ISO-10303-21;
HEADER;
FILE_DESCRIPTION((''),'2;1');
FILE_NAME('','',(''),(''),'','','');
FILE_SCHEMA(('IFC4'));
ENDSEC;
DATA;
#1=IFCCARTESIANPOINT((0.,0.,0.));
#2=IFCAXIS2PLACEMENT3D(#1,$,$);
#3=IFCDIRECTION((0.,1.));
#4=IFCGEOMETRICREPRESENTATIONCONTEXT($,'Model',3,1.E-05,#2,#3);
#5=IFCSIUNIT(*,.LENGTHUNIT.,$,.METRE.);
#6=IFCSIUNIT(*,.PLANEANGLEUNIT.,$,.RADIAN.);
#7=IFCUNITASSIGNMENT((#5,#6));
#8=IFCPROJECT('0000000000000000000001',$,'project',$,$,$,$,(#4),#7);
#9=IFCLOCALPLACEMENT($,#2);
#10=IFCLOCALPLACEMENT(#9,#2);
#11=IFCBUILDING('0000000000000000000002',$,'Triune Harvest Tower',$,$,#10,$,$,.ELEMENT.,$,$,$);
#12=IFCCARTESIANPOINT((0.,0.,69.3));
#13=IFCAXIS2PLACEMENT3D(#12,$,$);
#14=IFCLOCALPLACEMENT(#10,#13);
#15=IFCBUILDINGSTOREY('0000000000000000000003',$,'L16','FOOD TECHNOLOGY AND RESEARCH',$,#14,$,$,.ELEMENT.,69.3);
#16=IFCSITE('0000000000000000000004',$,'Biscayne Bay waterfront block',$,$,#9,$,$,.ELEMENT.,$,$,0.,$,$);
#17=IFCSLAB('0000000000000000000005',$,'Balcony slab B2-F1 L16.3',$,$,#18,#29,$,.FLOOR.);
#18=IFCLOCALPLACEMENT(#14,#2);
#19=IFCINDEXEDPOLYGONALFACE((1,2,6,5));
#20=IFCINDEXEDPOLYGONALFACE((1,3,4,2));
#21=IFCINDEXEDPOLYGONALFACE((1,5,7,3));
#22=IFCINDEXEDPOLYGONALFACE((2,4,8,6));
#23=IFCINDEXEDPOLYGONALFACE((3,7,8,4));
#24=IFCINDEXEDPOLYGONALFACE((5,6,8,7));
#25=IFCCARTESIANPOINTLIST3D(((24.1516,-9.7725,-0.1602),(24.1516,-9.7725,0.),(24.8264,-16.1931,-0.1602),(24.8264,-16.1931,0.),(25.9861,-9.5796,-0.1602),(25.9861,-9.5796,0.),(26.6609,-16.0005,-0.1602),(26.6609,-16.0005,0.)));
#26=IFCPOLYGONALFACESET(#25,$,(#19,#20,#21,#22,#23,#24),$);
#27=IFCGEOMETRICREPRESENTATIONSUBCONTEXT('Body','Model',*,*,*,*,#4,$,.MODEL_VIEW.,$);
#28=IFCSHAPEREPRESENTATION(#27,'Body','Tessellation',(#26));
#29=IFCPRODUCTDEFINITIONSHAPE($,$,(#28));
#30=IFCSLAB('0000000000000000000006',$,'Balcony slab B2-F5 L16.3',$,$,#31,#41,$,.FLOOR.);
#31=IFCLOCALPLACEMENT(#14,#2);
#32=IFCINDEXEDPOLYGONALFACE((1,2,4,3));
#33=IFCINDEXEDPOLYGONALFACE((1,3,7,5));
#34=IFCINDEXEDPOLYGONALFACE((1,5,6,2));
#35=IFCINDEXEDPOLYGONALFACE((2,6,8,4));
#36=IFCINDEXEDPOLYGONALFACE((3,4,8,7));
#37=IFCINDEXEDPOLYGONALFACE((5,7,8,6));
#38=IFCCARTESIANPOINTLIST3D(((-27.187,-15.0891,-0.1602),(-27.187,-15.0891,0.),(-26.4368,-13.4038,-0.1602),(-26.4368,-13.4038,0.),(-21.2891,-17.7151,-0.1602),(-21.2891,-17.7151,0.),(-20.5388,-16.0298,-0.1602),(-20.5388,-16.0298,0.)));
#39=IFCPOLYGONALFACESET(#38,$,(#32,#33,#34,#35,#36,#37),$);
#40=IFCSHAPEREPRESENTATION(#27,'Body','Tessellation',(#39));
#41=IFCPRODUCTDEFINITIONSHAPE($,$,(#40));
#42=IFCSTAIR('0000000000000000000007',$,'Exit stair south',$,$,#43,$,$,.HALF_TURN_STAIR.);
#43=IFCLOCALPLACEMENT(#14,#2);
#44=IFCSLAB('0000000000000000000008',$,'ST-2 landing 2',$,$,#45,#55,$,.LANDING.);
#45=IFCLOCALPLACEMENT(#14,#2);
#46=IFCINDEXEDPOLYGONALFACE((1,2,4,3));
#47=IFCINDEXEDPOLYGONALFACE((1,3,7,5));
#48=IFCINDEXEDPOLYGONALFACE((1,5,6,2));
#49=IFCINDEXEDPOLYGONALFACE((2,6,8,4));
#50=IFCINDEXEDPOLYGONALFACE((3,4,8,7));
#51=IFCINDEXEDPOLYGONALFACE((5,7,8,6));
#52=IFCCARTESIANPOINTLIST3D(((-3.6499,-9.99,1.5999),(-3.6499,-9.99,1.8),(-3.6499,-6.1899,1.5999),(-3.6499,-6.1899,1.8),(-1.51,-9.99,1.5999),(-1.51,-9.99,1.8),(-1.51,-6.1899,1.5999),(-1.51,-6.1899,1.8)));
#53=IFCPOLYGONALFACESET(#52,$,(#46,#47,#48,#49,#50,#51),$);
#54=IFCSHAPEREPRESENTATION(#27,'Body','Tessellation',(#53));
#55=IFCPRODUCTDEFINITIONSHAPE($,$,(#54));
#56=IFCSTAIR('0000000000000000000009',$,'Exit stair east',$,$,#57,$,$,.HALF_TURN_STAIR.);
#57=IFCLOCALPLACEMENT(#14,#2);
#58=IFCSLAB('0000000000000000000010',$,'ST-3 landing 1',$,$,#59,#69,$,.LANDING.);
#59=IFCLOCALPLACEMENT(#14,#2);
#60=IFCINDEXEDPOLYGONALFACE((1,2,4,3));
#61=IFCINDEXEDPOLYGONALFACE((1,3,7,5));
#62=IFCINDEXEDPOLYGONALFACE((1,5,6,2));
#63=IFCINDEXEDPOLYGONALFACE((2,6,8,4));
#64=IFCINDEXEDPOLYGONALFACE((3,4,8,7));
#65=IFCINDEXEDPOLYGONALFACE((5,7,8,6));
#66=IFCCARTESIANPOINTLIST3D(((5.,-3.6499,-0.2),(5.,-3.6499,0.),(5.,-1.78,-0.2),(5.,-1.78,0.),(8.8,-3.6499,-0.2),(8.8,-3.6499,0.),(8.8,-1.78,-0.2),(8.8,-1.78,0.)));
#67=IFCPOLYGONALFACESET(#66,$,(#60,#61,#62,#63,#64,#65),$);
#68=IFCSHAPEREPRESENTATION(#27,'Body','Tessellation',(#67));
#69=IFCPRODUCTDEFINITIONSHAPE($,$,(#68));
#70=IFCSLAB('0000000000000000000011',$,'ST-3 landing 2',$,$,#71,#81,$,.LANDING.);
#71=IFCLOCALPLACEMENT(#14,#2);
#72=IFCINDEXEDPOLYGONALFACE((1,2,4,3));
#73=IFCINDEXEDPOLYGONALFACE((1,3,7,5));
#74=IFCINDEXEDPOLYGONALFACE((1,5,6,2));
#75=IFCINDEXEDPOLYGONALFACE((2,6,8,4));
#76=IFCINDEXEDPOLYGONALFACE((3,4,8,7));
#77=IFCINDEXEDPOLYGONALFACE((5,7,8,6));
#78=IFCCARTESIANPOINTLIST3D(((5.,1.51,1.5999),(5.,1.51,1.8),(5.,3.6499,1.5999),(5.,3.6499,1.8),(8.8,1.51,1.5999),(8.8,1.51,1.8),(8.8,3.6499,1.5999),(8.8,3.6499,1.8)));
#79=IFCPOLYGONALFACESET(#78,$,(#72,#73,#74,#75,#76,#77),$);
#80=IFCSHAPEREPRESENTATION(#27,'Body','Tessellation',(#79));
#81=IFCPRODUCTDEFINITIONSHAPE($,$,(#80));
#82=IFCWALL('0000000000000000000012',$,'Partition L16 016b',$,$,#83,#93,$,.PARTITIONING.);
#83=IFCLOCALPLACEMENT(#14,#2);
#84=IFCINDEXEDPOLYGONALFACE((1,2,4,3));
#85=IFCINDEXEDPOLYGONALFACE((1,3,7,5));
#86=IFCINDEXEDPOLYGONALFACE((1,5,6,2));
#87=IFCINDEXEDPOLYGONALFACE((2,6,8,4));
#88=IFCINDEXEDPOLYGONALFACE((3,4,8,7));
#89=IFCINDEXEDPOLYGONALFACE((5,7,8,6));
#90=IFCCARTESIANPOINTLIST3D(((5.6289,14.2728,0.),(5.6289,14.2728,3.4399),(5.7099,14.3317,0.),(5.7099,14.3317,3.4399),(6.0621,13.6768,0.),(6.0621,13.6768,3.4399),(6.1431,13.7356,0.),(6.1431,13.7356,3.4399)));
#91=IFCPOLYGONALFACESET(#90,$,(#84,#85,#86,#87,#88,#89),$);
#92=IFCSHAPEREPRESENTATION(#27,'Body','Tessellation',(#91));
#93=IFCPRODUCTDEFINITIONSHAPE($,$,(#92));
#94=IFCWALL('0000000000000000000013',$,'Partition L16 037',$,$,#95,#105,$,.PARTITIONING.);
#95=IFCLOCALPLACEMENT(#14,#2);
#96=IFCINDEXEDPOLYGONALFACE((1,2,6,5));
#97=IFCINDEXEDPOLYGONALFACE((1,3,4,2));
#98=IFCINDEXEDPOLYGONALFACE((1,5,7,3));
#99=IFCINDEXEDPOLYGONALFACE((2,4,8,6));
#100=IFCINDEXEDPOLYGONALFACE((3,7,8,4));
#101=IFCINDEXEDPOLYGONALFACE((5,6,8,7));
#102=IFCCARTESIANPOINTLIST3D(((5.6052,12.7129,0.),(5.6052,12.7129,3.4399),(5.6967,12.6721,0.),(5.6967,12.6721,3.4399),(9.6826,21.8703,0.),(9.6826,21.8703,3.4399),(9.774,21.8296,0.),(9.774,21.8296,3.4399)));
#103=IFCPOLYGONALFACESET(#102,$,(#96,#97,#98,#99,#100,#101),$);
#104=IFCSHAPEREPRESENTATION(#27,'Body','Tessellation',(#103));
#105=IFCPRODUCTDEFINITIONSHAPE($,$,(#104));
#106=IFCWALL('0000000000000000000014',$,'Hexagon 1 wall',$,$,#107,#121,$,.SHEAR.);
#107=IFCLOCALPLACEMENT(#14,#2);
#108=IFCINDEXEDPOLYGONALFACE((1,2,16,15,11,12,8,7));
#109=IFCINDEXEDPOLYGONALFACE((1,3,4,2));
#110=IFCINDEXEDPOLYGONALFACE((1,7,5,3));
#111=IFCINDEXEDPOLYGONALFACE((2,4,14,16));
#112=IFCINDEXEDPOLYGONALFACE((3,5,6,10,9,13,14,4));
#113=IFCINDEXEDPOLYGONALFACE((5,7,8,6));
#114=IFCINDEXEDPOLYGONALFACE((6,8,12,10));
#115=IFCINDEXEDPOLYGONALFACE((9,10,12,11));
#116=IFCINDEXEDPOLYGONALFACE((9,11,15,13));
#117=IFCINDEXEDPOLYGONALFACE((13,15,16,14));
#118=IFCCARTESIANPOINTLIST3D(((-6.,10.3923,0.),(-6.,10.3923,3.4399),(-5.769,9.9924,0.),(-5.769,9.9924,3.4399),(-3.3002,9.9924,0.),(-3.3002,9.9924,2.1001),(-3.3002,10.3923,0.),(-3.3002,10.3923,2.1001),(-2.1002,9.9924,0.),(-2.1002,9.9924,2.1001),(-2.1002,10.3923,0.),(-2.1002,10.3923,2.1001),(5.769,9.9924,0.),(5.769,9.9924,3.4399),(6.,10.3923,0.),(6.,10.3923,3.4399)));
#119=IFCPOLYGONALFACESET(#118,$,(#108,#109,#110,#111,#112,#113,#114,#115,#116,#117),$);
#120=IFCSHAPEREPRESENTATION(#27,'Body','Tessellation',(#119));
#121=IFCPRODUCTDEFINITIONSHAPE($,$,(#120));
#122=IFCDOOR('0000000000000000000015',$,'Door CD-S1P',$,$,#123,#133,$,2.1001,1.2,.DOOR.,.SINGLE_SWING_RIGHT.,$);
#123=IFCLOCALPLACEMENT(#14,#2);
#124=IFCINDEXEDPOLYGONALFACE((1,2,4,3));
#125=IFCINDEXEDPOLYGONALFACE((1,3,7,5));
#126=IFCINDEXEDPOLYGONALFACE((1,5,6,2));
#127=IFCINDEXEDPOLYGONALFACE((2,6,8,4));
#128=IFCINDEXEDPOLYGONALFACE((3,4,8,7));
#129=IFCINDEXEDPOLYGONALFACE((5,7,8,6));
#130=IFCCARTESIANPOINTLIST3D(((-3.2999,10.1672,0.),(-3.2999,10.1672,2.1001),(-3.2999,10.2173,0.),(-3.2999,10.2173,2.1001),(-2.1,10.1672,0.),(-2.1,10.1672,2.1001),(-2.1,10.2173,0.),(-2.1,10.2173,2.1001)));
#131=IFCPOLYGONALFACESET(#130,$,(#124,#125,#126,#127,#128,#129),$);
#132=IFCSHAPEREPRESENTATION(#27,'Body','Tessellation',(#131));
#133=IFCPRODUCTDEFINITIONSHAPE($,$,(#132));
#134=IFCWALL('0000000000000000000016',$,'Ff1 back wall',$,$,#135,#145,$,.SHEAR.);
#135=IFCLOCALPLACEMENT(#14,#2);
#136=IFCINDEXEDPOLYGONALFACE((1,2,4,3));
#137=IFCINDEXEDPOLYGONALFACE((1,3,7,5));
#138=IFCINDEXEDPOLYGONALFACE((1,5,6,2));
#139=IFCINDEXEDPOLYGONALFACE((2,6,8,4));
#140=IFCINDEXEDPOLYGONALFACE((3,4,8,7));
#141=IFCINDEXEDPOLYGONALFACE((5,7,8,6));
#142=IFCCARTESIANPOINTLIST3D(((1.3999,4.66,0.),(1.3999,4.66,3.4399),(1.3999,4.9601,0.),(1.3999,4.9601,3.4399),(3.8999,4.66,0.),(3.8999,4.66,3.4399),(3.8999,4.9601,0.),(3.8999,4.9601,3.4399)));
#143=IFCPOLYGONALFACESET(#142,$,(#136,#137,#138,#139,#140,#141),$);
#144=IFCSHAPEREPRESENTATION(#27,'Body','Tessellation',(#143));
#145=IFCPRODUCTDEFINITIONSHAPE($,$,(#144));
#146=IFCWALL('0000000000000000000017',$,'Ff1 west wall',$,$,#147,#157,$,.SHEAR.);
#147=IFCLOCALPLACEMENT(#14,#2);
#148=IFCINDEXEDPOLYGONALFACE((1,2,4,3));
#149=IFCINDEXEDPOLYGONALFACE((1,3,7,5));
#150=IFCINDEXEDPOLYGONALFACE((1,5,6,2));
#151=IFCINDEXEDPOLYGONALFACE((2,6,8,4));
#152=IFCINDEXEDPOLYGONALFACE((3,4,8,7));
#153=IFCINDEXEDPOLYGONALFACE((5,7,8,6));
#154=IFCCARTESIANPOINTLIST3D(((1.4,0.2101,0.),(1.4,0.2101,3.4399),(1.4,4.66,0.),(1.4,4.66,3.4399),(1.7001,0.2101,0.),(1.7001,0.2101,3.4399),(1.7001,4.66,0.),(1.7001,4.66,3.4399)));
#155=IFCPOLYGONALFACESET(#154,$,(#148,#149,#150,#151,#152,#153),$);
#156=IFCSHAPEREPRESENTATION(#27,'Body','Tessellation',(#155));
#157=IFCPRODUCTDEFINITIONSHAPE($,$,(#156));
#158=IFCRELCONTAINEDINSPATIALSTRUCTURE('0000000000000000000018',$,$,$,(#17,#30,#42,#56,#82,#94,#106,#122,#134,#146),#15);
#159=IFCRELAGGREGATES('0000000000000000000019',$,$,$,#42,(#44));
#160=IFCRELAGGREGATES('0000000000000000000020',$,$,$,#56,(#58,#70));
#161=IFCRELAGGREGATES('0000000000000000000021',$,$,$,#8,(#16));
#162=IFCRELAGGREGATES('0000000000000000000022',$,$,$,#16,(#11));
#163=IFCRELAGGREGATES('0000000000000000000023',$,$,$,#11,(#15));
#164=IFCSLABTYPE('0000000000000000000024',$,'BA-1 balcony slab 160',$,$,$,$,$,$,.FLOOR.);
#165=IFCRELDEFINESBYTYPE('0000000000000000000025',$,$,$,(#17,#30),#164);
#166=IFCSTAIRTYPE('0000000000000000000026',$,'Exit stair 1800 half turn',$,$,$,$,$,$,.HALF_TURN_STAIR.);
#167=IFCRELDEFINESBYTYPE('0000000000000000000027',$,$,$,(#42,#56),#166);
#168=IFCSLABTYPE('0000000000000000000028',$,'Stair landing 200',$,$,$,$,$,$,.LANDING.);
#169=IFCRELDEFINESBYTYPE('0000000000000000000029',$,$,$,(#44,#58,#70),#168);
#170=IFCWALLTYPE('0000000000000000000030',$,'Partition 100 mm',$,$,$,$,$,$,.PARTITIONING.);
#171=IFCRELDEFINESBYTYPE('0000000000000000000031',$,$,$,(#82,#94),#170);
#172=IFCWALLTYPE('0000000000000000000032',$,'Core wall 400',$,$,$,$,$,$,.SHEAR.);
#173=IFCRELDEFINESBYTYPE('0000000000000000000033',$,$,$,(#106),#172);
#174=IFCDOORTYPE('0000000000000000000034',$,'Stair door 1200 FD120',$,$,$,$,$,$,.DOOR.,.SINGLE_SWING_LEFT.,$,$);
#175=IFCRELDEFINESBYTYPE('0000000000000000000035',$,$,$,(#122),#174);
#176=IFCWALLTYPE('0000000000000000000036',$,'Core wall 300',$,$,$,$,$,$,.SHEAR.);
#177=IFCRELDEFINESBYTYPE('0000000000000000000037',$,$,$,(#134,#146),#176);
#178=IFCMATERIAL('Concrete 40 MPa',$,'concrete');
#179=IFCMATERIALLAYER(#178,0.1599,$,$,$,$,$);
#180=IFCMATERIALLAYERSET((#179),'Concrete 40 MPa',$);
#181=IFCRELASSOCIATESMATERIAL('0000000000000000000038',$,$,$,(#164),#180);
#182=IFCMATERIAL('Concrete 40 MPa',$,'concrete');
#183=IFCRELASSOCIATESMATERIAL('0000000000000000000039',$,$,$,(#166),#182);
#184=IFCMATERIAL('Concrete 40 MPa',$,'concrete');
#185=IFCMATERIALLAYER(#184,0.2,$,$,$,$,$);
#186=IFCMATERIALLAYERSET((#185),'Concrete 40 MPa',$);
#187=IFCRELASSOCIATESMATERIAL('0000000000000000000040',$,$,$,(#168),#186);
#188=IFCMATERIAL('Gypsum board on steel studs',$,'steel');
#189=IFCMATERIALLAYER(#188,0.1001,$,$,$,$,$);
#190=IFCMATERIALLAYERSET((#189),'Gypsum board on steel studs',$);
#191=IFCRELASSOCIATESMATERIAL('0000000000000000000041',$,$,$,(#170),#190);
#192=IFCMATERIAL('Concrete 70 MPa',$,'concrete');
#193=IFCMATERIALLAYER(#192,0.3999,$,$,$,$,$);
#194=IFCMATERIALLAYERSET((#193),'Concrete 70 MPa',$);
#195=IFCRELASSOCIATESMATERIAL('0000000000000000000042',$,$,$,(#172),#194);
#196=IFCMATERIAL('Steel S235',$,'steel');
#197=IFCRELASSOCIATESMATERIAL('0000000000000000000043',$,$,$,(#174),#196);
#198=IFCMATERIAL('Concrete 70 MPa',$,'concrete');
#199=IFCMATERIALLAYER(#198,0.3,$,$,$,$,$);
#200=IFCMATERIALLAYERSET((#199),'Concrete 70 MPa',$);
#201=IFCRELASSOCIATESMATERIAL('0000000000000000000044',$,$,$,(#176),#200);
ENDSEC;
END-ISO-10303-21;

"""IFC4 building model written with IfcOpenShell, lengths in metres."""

from ifc_helpers import new_model, si_unit, direction, frame, frame_2d, origin, place, context, subcontext, project, spatial, polyline, rectangle, outline, extrude, source, transform, mapped, material, layer, layer_set, type_object, element, fill, aggregate, save


model = new_model("IFC4")

# Units and contexts
model_context = context("Model", 3, precision=1e-05, world=origin(), true_north=direction((0.0, 1.0)))
body_context = subcontext(model_context, "Body", "Model", "MODEL_VIEW")
ifc_project = project(units=[si_unit("LENGTHUNIT", "METRE"), si_unit("PLANEANGLEUNIT", "RADIAN")], contexts=[model_context])

# Site, building, storey
site_placement = place(None, origin())
site = spatial("IfcSite", under=ifc_project, at=site_placement, Name="Biscayne Bay waterfront block", CompositionType="ELEMENT", RefElevation=0.0)
building_placement = place(site_placement, origin())
building = spatial("IfcBuilding", under=site, at=building_placement, Name="Triune Harvest Tower", CompositionType="ELEMENT")
storey_placement = place(building_placement, frame((0.0, 0.0, 69.3)))
storey = spatial("IfcBuildingStorey", under=building, at=storey_placement, Name="L16", Description="FOOD TECHNOLOGY AND RESEARCH", CompositionType="ELEMENT", Elevation=69.3)

# Slabs
ifc_material_1 = material(Name="Concrete 40 MPa", Category="concrete")
ifc_layer_1 = layer(ifc_material_1, 0.1599)
ifc_layer_set_1 = layer_set([ifc_layer_1], Name="Concrete 40 MPa")
slab_type_1 = type_object("IfcSlabType", Name="BA-1 balcony slab 160", PredefinedType="FLOOR", material=ifc_layer_set_1)
slab_1_placement = place(storey_placement, frame((0.0, 0.0, -0.1602)))
element("IfcSlab", 1, at=slab_1_placement, inside=storey, type_object=slab_type_1, Name="Balcony slab B2-F1 L16.3", PredefinedType="FLOOR", context=body_context, shape_type="SweptSolid", body=[
    extrude(outline(polyline([(24.8264, -16.1931), (24.1516, -9.7725), (25.9861, -9.5796), (26.6609, -16.0005), (24.8264, -16.1931)])), origin(), (0.0, 0.0, 1.0), 0.1602),
])
slab_2_placement = place(storey_placement, frame((0.0, 0.0, -0.1602)))
element("IfcSlab", 2, at=slab_2_placement, inside=storey, type_object=slab_type_1, Name="Balcony slab B2-F5 L16.3", PredefinedType="FLOOR", context=body_context, shape_type="SweptSolid", body=[
    extrude(outline(polyline([(-26.4368, -13.4038), (-20.5388, -16.0298), (-21.2891, -17.7151), (-27.187, -15.0891), (-26.4368, -13.4038)])), origin(), (0.0, 0.0, 1.0), 0.1602),
])

# Stair, slab
ifc_material_2 = material(Name="Concrete 40 MPa", Category="concrete")
stair_type = type_object("IfcStairType", Name="Exit stair 1800 half turn", PredefinedType="HALF_TURN_STAIR", material=ifc_material_2)
stair_1_placement = place(storey_placement, origin())
stair_1 = element("IfcStair", 3, at=stair_1_placement, inside=storey, type_object=stair_type, Name="Exit stair south", PredefinedType="HALF_TURN_STAIR")
ifc_material_3 = material(Name="Concrete 40 MPa", Category="concrete")
ifc_layer_2 = layer(ifc_material_3, 0.2)
ifc_layer_set_2 = layer_set([ifc_layer_2], Name="Concrete 40 MPa")
slab_type_2 = type_object("IfcSlabType", Name="Stair landing 200", PredefinedType="LANDING", material=ifc_layer_set_2)
shared_shape_1 = source(origin(), body_context, "Body", "SweptSolid", [
    extrude(outline(polyline([(-1.51, -6.1899), (-3.6499, -6.1899), (-3.6499, -9.99), (-1.51, -9.99), (-1.51, -6.1899)])), origin(), (0.0, 0.0, 1.0), 0.2002),
])
slab_3_placement = place(storey_placement, frame((0.0, 0.0, 1.5999)))
slab_3 = element("IfcSlab", 4, at=slab_3_placement, type_object=slab_type_2, Name="ST-2 landing 2", PredefinedType="LANDING", context=body_context, shape_type="MappedRepresentation", body=[
    mapped(shared_shape_1, transform((0.0, 0.0, 0.0), scale=1.0)),
])
aggregate(stair_1, [slab_3])

# Stair, slabs
stair_2_placement = place(storey_placement, origin())
stair_2 = element("IfcStair", 5, at=stair_2_placement, inside=storey, type_object=stair_type, Name="Exit stair east", PredefinedType="HALF_TURN_STAIR")
shared_shape_2 = source(origin(), body_context, "Body", "SweptSolid", [
    extrude(outline(polyline([(8.8, -3.6499), (8.8, -1.78), (5.0, -1.78), (5.0, -3.6499), (8.8, -3.6499)])), origin(), (0.0, 0.0, 1.0), 0.2),
])
slab_4_placement = place(storey_placement, frame((0.0, 0.0, -0.2)))
slab_4 = element("IfcSlab", 6, at=slab_4_placement, type_object=slab_type_2, Name="ST-3 landing 1", PredefinedType="LANDING", context=body_context, shape_type="MappedRepresentation", body=[
    mapped(shared_shape_2, transform((0.0, 0.0, 0.0), scale=1.0)),
])
shared_shape_3 = source(origin(), body_context, "Body", "SweptSolid", [
    extrude(outline(polyline([(8.8, 1.51), (8.8, 3.6499), (5.0, 3.6499), (5.0, 1.51), (8.8, 1.51)])), origin(), (0.0, 0.0, 1.0), 0.2002),
])
slab_5_placement = place(storey_placement, frame((0.0, 0.0, 1.5999)))
slab_5 = element("IfcSlab", 7, at=slab_5_placement, type_object=slab_type_2, Name="ST-3 landing 2", PredefinedType="LANDING", context=body_context, shape_type="MappedRepresentation", body=[
    mapped(shared_shape_3, transform((0.0, 0.0, 0.0), scale=1.0)),
])

# Walls
ifc_material_4 = material(Name="Gypsum board on steel studs", Category="steel")
ifc_layer_3 = layer(ifc_material_4, 0.1001)
ifc_layer_set_3 = layer_set([ifc_layer_3], Name="Gypsum board on steel studs")
wall_type_1 = type_object("IfcWallType", Name="Partition 100 mm", PredefinedType="PARTITIONING", material=ifc_layer_set_3)
wall_1_placement = place(storey_placement, frame((5.6694, 14.3022, 0.0), z_axis=(0.0, 0.0, 1.0), x_axis=(0.587896, -0.808937, 0.0)))
element("IfcWall", 8, at=wall_1_placement, inside=storey, type_object=wall_type_1, Name="Partition L16 016b", PredefinedType="PARTITIONING", context=body_context, shape_type="SweptSolid", body=[
    extrude(rectangle(XDim=0.7368, YDim=0.1001, at=frame_2d((0.3684, 0.0))), origin(), (0.0, 0.0, 1.0), 3.4399),
])
wall_2_placement = place(storey_placement, frame((5.6509, 12.6924, 0.0), z_axis=(0.0, 0.0, 1.0), x_axis=(0.406755, 0.913537, 0.0)))
element("IfcWall", 9, at=wall_2_placement, inside=storey, type_object=wall_type_1, Name="Partition L16 037", PredefinedType="PARTITIONING", context=body_context, shape_type="SweptSolid", body=[
    extrude(rectangle(XDim=10.0242, YDim=0.1001, at=frame_2d((5.0122, 0.0))), origin(), (0.0, 0.0, 1.0), 3.4399),
])

# Wall, opening, door
ifc_material_5 = material(Name="Concrete 70 MPa", Category="concrete")
ifc_layer_4 = layer(ifc_material_5, 0.3999)
ifc_layer_set_4 = layer_set([ifc_layer_4], Name="Concrete 70 MPa")
wall_type_2 = type_object("IfcWallType", Name="Core wall 400", PredefinedType="SHEAR", material=ifc_layer_set_4)
shared_shape_4 = source(origin(), body_context, "Body", "SweptSolid", [
    extrude(outline(polyline([(-0.1155, -0.2), (11.8845, -0.2), (11.6536, 0.2), (0.1155, 0.2), (-0.1155, -0.2)])), origin(), (0.0, 0.0, 1.0), 3.4399),
])
wall_3_placement = place(storey_placement, frame((5.8845, 10.1924, 0.0), z_axis=(0.0, 0.0, 1.0), x_axis=(-1.0, 0.0, 0.0)))
wall_3 = element("IfcWall", 10, at=wall_3_placement, inside=storey, type_object=wall_type_2, Name="Hexagon 1 wall", PredefinedType="SHEAR", context=body_context, shape_type="MappedRepresentation", body=[
    mapped(shared_shape_4, transform((0.0, 0.0, 0.0), scale=1.0)),
])
opening_1_placement = place(wall_3_placement, frame((7.9846, 0.0, 0.0)))
opening_1 = element("IfcOpeningElement", 11, at=opening_1_placement, cuts=wall_3, PredefinedType="OPENING", context=body_context, shape_type="SweptSolid", body=[
    extrude(rectangle(XDim=1.2, YDim=2.1001, at=frame_2d((0.6001, 1.05))), frame((0.0, 0.21, 0.0), z_axis=(0.0, -1.0, 0.0), x_axis=(1.0, 0.0, 0.0)), (0.0, 0.0, 1.0), 0.4199),
])
ifc_material_6 = material(Name="Steel S235", Category="steel")
door_type_1 = type_object("IfcDoorType", Name="Stair door 1200 FD120", OperationType="SINGLE_SWING_LEFT", PredefinedType="DOOR", material=ifc_material_6)
door_1_placement = place(opening_1_placement, frame((1.2, 0.0, 0.0), z_axis=(0.0, 0.0, 1.0), x_axis=(-1.0, 0.0, 0.0)))
door_1 = element("IfcDoor", 12, at=door_1_placement, inside=storey, type_object=door_type_1, Name="Door CD-S1P", OperationType="SINGLE_SWING_RIGHT", OverallHeight=2.1001, OverallWidth=1.2, PredefinedType="DOOR", context=body_context, shape_type="SweptSolid", body=[
    extrude(rectangle(XDim=1.2, YDim=2.1001, at=frame_2d((0.6001, 1.05))), frame((0.0, 0.0249, 0.0), z_axis=(0.0, -1.0, 0.0), x_axis=(1.0, 0.0, 0.0)), (0.0, 0.0, 1.0), 0.05),
])
fill(opening_1, door_1)

# Walls
ifc_material_7 = material(Name="Concrete 70 MPa", Category="concrete")
ifc_layer_5 = layer(ifc_material_7, 0.3)
ifc_layer_set_5 = layer_set([ifc_layer_5], Name="Concrete 70 MPa")
wall_type_3 = type_object("IfcWallType", Name="Core wall 300", PredefinedType="SHEAR", material=ifc_layer_set_5)
shared_shape_5 = source(origin(), body_context, "Body", "SweptSolid", [
    extrude(rectangle(XDim=2.5, YDim=0.3, at=frame_2d((1.25, 0.0))), origin(), (0.0, 0.0, 1.0), 3.4399),
])
wall_4_placement = place(storey_placement, frame((1.3999, 4.8101, 0.0), z_axis=(0.0, 0.0, 1.0), x_axis=(1.0, 0.0, 0.0)))
element("IfcWall", 13, at=wall_4_placement, inside=storey, type_object=wall_type_3, Name="Ff1 back wall", PredefinedType="SHEAR", context=body_context, shape_type="MappedRepresentation", body=[
    mapped(shared_shape_5, transform((0.0, 0.0, 0.0), scale=1.0)),
])
shared_shape_6 = source(origin(), body_context, "Body", "SweptSolid", [
    extrude(rectangle(XDim=4.45, YDim=0.3, at=frame_2d((2.2251, 0.0))), origin(), (0.0, 0.0, 1.0), 3.4399),
])
wall_5_placement = place(storey_placement, frame((1.55, 0.21, 0.0), z_axis=(0.0, 0.0, 1.0), x_axis=(0.0, 1.0, 0.0)))
element("IfcWall", 14, at=wall_5_placement, inside=storey, type_object=wall_type_3, Name="Ff1 west wall", PredefinedType="SHEAR", context=body_context, shape_type="MappedRepresentation", body=[
    mapped(shared_shape_6, transform((0.0, 0.0, 0.0), scale=1.0)),
])

aggregate(stair_2, [slab_4, slab_5])

save(model, "model.ifc")
